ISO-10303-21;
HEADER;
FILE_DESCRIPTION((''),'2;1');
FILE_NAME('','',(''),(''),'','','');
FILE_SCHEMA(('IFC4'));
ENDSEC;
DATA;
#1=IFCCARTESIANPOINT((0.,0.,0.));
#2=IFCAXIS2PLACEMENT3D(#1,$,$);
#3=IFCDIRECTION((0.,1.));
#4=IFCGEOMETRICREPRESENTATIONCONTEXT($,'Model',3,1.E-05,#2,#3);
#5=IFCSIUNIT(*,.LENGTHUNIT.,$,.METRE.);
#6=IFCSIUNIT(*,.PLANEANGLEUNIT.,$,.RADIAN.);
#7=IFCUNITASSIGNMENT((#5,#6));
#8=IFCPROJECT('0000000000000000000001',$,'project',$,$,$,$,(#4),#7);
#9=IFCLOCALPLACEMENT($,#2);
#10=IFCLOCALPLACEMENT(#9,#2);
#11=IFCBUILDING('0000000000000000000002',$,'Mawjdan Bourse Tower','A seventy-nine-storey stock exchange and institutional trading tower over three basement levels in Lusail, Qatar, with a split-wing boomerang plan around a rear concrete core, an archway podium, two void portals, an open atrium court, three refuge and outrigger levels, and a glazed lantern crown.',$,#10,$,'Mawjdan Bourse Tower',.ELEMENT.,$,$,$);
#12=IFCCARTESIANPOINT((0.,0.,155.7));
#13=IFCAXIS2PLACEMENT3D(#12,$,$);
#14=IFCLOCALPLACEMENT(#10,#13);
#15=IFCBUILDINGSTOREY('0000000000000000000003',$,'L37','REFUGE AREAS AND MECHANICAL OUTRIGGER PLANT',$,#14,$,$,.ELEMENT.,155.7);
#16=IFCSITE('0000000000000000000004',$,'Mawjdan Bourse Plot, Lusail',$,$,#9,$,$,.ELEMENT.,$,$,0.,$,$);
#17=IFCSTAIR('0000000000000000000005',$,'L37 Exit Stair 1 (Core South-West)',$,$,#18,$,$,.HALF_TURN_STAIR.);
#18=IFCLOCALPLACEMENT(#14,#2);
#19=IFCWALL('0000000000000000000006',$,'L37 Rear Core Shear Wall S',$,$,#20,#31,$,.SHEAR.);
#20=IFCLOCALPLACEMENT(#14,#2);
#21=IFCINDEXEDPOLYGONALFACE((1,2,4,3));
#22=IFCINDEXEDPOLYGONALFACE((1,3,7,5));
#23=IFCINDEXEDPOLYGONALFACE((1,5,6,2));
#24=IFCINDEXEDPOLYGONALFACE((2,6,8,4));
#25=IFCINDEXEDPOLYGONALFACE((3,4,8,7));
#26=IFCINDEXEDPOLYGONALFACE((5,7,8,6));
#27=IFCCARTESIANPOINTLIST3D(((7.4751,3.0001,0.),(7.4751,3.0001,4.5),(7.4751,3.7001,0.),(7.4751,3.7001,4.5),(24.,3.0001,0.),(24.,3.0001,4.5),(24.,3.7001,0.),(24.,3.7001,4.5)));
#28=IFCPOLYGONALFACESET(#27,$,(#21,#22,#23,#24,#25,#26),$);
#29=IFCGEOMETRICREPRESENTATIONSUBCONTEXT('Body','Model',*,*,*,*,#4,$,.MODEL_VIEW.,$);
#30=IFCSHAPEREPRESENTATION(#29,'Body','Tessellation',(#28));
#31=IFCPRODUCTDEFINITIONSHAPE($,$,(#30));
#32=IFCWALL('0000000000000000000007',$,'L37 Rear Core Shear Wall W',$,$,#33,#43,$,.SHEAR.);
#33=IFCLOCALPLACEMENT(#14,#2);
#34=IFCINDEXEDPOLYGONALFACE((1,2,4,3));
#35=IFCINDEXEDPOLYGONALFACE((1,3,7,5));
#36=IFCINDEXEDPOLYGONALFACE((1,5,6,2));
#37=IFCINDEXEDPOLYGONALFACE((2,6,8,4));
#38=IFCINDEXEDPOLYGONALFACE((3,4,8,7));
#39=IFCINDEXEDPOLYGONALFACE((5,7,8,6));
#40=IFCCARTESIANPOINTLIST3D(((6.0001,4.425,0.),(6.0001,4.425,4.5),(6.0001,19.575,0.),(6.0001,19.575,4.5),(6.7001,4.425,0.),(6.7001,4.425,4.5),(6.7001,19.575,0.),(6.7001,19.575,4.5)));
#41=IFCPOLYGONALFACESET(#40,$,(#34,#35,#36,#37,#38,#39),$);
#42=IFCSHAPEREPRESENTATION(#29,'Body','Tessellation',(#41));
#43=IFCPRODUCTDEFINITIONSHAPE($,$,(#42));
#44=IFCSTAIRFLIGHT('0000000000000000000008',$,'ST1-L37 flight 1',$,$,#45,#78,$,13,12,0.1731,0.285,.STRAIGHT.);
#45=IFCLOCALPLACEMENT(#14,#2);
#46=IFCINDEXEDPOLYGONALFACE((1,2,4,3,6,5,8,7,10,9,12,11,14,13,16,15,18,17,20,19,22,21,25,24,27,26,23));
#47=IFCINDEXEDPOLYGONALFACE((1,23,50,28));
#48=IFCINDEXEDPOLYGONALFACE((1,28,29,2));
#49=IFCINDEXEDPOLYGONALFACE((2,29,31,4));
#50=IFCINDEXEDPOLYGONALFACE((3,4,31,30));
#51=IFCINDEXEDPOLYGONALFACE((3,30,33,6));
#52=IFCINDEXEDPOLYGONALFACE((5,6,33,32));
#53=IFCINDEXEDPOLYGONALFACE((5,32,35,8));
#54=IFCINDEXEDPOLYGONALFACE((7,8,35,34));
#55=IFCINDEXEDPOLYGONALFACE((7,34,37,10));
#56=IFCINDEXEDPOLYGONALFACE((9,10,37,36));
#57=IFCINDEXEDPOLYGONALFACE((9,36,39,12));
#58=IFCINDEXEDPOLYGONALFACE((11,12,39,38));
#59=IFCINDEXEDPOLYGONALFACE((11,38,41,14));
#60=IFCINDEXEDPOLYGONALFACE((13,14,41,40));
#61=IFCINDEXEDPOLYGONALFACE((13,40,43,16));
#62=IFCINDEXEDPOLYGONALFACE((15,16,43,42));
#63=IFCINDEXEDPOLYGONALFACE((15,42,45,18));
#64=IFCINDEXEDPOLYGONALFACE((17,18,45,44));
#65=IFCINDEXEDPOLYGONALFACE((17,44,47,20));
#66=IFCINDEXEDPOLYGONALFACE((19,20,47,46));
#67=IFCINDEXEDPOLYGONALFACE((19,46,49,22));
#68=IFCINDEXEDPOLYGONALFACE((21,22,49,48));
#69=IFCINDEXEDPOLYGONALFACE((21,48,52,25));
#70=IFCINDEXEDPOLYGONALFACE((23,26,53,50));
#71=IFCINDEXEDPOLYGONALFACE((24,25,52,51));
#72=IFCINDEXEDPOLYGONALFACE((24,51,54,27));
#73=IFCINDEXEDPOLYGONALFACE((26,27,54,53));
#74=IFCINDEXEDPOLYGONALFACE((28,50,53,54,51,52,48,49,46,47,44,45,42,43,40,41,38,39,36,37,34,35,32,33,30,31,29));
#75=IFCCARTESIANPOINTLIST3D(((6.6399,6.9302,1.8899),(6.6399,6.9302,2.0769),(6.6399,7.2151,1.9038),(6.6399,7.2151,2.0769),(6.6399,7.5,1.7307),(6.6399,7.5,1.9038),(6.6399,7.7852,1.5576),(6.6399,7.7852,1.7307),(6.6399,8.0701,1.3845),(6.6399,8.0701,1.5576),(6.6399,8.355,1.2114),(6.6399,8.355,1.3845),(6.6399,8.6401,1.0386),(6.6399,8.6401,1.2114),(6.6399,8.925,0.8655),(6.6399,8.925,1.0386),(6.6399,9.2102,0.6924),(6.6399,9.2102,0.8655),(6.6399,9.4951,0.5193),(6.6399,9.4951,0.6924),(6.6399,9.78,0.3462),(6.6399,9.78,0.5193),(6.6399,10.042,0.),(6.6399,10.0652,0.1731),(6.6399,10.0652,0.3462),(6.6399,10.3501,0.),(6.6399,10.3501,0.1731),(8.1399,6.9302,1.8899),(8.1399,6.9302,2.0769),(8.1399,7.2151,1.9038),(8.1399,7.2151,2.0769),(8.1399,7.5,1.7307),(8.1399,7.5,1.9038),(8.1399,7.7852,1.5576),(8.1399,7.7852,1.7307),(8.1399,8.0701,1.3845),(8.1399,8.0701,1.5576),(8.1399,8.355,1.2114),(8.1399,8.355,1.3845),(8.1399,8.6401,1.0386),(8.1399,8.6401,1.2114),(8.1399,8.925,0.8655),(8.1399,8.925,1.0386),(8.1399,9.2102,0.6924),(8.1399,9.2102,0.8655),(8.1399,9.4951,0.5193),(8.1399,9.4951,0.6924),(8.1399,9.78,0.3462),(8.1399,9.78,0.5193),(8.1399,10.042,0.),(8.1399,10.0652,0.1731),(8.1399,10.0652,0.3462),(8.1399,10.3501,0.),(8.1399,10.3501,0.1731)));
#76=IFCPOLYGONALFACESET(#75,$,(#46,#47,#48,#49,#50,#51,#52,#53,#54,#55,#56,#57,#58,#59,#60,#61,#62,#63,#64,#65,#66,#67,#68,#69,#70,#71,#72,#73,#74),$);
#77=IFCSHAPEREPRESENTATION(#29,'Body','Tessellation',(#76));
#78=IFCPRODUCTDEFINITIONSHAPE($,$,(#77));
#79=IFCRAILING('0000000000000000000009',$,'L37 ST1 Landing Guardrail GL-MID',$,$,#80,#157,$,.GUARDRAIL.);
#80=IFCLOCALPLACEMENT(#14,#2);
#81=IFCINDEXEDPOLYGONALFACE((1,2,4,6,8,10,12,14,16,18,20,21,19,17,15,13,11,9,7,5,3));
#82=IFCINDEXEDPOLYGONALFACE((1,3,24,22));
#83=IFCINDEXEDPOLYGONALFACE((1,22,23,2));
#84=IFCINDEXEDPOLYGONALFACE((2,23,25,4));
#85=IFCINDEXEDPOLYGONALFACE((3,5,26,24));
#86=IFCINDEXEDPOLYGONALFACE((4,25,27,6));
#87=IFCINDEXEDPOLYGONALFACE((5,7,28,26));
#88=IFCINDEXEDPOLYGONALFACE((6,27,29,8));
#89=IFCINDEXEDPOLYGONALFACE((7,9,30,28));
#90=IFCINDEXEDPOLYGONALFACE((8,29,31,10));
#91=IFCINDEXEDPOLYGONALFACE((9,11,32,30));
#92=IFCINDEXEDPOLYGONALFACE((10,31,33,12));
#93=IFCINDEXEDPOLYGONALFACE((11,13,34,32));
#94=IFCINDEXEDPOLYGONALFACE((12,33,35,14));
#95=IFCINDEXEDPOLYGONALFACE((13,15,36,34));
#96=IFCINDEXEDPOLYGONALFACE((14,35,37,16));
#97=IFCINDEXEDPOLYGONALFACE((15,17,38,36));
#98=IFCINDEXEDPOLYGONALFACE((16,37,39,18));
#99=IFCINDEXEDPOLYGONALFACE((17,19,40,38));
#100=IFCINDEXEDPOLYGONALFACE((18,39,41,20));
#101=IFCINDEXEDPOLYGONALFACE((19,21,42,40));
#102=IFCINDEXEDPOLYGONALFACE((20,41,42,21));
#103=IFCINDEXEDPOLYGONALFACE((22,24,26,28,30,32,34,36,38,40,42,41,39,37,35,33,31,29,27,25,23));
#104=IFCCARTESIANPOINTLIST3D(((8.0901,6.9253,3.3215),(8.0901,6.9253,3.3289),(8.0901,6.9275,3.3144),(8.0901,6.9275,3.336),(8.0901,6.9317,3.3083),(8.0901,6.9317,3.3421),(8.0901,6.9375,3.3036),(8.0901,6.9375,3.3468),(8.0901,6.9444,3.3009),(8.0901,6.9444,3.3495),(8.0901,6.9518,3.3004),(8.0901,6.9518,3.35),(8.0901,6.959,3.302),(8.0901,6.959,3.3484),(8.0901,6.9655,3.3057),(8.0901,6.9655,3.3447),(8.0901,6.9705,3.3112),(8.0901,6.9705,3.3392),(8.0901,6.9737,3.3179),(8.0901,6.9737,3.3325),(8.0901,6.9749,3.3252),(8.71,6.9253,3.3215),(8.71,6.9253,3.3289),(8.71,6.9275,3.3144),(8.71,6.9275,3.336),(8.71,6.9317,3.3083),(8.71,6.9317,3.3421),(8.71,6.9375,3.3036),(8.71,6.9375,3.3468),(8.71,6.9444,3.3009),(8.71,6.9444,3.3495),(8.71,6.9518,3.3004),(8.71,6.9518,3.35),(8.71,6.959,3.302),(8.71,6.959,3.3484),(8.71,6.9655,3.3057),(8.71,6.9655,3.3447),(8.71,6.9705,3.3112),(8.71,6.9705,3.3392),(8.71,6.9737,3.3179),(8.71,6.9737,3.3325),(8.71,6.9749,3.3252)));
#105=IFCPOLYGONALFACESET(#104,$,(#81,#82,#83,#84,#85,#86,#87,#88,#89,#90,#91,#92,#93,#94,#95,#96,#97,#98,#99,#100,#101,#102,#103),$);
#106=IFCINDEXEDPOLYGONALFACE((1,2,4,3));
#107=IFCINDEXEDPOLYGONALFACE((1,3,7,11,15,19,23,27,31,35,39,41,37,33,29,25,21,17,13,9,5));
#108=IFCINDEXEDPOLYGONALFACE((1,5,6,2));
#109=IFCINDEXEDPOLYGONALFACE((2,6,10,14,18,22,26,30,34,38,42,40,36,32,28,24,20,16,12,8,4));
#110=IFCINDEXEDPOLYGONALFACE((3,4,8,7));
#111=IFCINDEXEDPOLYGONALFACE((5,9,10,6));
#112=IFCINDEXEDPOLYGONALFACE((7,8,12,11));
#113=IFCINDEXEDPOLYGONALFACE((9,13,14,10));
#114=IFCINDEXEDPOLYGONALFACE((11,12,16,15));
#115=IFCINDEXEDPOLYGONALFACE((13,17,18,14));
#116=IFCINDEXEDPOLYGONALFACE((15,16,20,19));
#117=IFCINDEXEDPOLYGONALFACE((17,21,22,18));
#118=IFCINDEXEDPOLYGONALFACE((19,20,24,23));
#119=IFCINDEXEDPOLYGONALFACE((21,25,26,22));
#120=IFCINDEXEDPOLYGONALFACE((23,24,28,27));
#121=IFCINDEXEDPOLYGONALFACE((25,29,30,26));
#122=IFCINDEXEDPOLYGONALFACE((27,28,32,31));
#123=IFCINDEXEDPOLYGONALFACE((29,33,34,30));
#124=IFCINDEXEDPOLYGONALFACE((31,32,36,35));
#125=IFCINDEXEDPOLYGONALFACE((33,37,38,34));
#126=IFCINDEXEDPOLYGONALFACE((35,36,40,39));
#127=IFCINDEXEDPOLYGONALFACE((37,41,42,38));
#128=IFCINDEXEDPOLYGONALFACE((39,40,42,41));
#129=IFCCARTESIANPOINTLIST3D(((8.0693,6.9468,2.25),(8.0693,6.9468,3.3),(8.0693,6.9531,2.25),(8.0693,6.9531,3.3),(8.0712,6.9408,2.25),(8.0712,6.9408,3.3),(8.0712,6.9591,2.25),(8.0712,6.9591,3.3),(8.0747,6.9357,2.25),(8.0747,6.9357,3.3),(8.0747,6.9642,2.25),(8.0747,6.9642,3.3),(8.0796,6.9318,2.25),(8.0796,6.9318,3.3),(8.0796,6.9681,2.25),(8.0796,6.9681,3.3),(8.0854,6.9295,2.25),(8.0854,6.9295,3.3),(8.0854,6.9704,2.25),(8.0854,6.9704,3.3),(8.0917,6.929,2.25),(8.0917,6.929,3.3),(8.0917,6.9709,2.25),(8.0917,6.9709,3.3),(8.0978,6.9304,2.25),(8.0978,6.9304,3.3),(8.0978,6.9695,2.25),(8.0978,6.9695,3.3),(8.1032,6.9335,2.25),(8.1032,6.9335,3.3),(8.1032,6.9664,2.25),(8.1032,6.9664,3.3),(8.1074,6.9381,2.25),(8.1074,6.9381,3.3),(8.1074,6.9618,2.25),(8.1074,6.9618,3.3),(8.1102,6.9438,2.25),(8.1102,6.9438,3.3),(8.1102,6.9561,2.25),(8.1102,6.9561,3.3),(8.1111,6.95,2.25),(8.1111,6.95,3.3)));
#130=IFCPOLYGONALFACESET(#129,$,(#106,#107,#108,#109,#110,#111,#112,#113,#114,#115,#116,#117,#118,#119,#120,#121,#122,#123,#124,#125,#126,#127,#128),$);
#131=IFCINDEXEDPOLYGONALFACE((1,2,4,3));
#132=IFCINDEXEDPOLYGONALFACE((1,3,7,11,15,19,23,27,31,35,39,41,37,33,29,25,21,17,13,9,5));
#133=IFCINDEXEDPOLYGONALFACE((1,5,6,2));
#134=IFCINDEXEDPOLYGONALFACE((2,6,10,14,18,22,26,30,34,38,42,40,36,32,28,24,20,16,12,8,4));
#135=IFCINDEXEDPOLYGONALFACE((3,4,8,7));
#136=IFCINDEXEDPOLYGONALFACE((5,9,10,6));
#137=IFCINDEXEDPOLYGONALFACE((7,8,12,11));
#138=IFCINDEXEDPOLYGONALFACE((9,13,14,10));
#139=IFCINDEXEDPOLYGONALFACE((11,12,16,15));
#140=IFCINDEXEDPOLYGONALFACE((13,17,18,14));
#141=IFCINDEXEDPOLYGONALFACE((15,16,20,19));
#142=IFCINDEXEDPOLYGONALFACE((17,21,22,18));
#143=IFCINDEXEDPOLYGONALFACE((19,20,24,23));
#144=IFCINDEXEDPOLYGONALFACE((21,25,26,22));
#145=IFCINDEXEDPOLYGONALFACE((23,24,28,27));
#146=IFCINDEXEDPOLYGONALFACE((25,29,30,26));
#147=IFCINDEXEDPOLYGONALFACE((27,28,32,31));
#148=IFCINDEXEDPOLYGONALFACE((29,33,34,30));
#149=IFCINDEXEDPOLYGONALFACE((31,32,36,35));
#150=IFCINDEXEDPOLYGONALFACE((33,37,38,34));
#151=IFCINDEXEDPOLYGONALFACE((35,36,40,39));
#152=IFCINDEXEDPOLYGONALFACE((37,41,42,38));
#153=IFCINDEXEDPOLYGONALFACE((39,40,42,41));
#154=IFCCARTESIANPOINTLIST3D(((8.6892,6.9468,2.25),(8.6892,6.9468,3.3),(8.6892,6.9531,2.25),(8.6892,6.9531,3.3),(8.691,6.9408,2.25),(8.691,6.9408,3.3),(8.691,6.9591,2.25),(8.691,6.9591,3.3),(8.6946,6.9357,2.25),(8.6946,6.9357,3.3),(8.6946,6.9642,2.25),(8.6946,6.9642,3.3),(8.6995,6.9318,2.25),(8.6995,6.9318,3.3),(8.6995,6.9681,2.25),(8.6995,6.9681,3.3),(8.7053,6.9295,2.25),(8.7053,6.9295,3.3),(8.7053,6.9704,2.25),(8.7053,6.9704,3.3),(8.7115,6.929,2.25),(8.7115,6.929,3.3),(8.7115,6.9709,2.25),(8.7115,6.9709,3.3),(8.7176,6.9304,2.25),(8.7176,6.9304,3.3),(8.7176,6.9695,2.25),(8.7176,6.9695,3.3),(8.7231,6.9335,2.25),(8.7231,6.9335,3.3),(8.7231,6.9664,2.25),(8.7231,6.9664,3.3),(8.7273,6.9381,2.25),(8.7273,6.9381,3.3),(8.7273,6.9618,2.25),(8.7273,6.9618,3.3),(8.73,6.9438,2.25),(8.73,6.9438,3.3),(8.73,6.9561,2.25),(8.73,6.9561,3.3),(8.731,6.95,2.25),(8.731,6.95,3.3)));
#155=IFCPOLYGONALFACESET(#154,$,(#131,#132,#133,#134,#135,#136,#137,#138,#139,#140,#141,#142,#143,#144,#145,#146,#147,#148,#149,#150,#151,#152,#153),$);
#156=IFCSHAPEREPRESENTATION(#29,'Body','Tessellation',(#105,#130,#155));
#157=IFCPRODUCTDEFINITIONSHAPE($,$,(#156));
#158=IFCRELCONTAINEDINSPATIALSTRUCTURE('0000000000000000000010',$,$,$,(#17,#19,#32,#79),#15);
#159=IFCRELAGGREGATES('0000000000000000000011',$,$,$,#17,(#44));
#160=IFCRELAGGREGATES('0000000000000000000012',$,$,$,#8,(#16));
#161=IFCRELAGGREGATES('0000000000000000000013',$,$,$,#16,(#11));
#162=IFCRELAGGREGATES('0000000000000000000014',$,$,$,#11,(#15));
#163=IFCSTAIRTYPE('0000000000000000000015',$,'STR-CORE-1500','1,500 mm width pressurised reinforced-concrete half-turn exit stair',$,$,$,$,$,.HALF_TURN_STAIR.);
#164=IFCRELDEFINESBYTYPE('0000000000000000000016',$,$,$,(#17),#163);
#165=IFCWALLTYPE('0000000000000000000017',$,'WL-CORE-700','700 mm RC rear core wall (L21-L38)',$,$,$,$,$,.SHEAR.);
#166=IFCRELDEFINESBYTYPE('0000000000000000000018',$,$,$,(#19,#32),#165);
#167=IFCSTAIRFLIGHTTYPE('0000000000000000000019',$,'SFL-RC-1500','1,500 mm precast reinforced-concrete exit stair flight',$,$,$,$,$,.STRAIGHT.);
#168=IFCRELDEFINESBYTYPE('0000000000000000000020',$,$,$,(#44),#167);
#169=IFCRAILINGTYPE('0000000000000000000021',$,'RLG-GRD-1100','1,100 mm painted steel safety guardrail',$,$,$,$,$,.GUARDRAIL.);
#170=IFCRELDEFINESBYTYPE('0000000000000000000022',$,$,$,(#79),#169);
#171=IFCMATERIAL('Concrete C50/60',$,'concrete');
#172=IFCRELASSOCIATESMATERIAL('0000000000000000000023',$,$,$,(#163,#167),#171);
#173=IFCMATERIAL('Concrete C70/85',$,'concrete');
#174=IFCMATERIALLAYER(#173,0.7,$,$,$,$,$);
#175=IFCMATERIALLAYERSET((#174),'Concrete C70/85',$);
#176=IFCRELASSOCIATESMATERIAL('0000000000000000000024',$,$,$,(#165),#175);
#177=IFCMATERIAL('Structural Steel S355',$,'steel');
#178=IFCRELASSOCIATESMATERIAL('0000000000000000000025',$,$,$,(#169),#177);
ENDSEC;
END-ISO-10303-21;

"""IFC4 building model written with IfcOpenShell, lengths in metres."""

from ifc_helpers import new_model, si_unit, direction, frame, frame_2d, origin, origin_2d, place, context, subcontext, project, spatial, polyline, rectangle, circle, outline, extrude, material, layer, layer_set, type_object, element, aggregate, save


model = new_model("IFC4")

# Units and contexts
model_context = context("Model", 3, precision=1e-05, world=origin(), true_north=direction((0.0, 1.0)))
body_context = subcontext(model_context, "Body", "Model", "MODEL_VIEW")
ifc_project = project(units=[si_unit("LENGTHUNIT", "METRE"), si_unit("PLANEANGLEUNIT", "RADIAN")], contexts=[model_context])

# Site, building, storey
site_placement = place(None, origin())
site = spatial("IfcSite", under=ifc_project, at=site_placement, Name="Mawjdan Bourse Plot, Lusail", CompositionType="ELEMENT", RefElevation=0.0)
building_placement = place(site_placement, origin())
building = spatial("IfcBuilding", under=site, at=building_placement, Name="Mawjdan Bourse Tower", Description="A seventy-nine-storey stock exchange and institutional trading tower over three basement levels in Lusail, Qatar, with a split-wing boomerang plan around a rear concrete core, an archway podium, two void portals, an open atrium court, three refuge and outrigger levels, and a glazed lantern crown.", LongName="Mawjdan Bourse Tower", CompositionType="ELEMENT")
storey_placement = place(building_placement, frame((0.0, 0.0, 155.7)))
storey = spatial("IfcBuildingStorey", under=building, at=storey_placement, Name="L37", Description="REFUGE AREAS AND MECHANICAL OUTRIGGER PLANT", CompositionType="ELEMENT", Elevation=155.7)

# Stair
ifc_material_1 = material(Name="Concrete C50/60", Category="concrete")
stair_type = type_object("IfcStairType", Name="STR-CORE-1500", Description="1,500 mm width pressurised reinforced-concrete half-turn exit stair", PredefinedType="HALF_TURN_STAIR", material=ifc_material_1)
stair_1_placement = place(storey_placement, origin())
stair_1 = element("IfcStair", 1, at=stair_1_placement, inside=storey, type_object=stair_type, Name="L37 Exit Stair 1 (Core South-West)", PredefinedType="HALF_TURN_STAIR")

# Walls
ifc_material_2 = material(Name="Concrete C70/85", Category="concrete")
ifc_layer_1 = layer(ifc_material_2, 0.7)
ifc_layer_set_1 = layer_set([ifc_layer_1], Name="Concrete C70/85")
wall_type_1 = type_object("IfcWallType", Name="WL-CORE-700", Description="700 mm RC rear core wall (L21-L38)", PredefinedType="SHEAR", material=ifc_layer_set_1)
wall_1_placement = place(storey_placement, frame((7.4751, 3.3501, 0.0), z_axis=(0.0, 0.0, 1.0), x_axis=(1.0, 0.0, 0.0)))
element("IfcWall", 2, at=wall_1_placement, inside=storey, type_object=wall_type_1, Name="L37 Rear Core Shear Wall S", PredefinedType="SHEAR", context=body_context, shape_type="SweptSolid", body=[
    extrude(rectangle(XDim=16.5249, YDim=0.7, at=frame_2d((8.2625, 0.0))), origin(), (0.0, 0.0, 1.0), 4.5),
])
wall_2_placement = place(storey_placement, frame((6.3501, 4.425, 0.0), z_axis=(0.0, 0.0, 1.0), x_axis=(0.0, 1.0, 0.0)))
element("IfcWall", 3, at=wall_2_placement, inside=storey, type_object=wall_type_1, Name="L37 Rear Core Shear Wall W", PredefinedType="SHEAR", context=body_context, shape_type="SweptSolid", body=[
    extrude(rectangle(XDim=15.1499, YDim=0.7, at=frame_2d((7.575, 0.0))), origin(), (0.0, 0.0, 1.0), 4.5),
])

# Stair flight
stair_flight_type = type_object("IfcStairFlightType", Name="SFL-RC-1500", Description="1,500 mm precast reinforced-concrete exit stair flight", PredefinedType="STRAIGHT", material=ifc_material_1)
stair_flight_placement = place(storey_placement, frame((7.3899, 10.3501, 0.0), z_axis=(0.0, 0.0, 1.0), x_axis=(0.0, -1.0, 0.0)))
stair_flight = element("IfcStairFlight", 4, at=stair_flight_placement, type_object=stair_flight_type, Name="ST1-L37 flight 1", NumberOfRisers=13, NumberOfTreads=12, PredefinedType="STRAIGHT", RiserHeight=0.1731, TreadLength=0.285, context=body_context, shape_type="SweptSolid", body=[
    extrude(outline(polyline([(0.0, 0.0), (0.0, 0.1731), (0.2849, 0.1731), (0.2849, 0.3462), (0.5701, 0.3462), (0.5701, 0.5193), (0.855, 0.5193), (0.855, 0.6924), (1.1399, 0.6924), (1.1399, 0.8655), (1.425, 0.8655), (1.425, 1.0386), (1.71, 1.0386), (1.71, 1.2114), (1.9951, 1.2114), (1.9951, 1.3845), (2.28, 1.3845), (2.28, 1.5576), (2.5649, 1.5576), (2.5649, 1.7307), (2.8501, 1.7307), (2.8501, 1.9038), (3.135, 1.9038), (3.135, 2.0769), (3.4199, 2.0769), (3.4199, 2.25), (3.4199, 1.8899), (0.3081, 0.0), (0.0, 0.0)])), frame((0.0, 0.75, 0.0), z_axis=(0.0, -1.0, 0.0), x_axis=(1.0, 0.0, 0.0)), (0.0, 0.0, 1.0), 1.5),
])
aggregate(stair_1, [stair_flight])

# Railing
ifc_material_3 = material(Name="Structural Steel S355", Category="steel")
railing_type = type_object("IfcRailingType", Name="RLG-GRD-1100", Description="1,100 mm painted steel safety guardrail", PredefinedType="GUARDRAIL", material=ifc_material_3)
for number, where, name in (
    (5, (8.0901, 6.95, 2.25), "L37 ST1 Landing Guardrail GL-MID"),
):
    element("IfcRailing", number, at=place(storey_placement, frame(where)), inside=storey, type_object=railing_type, Name=name, PredefinedType="GUARDRAIL", context=body_context, shape_type="SweptSolid", body=[
        extrude(circle(Radius=0.0249, at=origin_2d()), frame((0.0, 0.0, 1.0752), z_axis=(1.0, 0.0, 0.0), x_axis=(0.0, 1.0, 0.0)), (0.0, 0.0, 1.0), 0.6199),
        extrude(circle(Radius=0.021, at=origin_2d()), origin(), (0.0, 0.0, 1.0), 1.05),
        extrude(circle(Radius=0.021, at=origin_2d()), frame((0.6199, 0.0, 0.0)), (0.0, 0.0, 1.0), 1.05),
    ])

save(model, "model.ifc")
